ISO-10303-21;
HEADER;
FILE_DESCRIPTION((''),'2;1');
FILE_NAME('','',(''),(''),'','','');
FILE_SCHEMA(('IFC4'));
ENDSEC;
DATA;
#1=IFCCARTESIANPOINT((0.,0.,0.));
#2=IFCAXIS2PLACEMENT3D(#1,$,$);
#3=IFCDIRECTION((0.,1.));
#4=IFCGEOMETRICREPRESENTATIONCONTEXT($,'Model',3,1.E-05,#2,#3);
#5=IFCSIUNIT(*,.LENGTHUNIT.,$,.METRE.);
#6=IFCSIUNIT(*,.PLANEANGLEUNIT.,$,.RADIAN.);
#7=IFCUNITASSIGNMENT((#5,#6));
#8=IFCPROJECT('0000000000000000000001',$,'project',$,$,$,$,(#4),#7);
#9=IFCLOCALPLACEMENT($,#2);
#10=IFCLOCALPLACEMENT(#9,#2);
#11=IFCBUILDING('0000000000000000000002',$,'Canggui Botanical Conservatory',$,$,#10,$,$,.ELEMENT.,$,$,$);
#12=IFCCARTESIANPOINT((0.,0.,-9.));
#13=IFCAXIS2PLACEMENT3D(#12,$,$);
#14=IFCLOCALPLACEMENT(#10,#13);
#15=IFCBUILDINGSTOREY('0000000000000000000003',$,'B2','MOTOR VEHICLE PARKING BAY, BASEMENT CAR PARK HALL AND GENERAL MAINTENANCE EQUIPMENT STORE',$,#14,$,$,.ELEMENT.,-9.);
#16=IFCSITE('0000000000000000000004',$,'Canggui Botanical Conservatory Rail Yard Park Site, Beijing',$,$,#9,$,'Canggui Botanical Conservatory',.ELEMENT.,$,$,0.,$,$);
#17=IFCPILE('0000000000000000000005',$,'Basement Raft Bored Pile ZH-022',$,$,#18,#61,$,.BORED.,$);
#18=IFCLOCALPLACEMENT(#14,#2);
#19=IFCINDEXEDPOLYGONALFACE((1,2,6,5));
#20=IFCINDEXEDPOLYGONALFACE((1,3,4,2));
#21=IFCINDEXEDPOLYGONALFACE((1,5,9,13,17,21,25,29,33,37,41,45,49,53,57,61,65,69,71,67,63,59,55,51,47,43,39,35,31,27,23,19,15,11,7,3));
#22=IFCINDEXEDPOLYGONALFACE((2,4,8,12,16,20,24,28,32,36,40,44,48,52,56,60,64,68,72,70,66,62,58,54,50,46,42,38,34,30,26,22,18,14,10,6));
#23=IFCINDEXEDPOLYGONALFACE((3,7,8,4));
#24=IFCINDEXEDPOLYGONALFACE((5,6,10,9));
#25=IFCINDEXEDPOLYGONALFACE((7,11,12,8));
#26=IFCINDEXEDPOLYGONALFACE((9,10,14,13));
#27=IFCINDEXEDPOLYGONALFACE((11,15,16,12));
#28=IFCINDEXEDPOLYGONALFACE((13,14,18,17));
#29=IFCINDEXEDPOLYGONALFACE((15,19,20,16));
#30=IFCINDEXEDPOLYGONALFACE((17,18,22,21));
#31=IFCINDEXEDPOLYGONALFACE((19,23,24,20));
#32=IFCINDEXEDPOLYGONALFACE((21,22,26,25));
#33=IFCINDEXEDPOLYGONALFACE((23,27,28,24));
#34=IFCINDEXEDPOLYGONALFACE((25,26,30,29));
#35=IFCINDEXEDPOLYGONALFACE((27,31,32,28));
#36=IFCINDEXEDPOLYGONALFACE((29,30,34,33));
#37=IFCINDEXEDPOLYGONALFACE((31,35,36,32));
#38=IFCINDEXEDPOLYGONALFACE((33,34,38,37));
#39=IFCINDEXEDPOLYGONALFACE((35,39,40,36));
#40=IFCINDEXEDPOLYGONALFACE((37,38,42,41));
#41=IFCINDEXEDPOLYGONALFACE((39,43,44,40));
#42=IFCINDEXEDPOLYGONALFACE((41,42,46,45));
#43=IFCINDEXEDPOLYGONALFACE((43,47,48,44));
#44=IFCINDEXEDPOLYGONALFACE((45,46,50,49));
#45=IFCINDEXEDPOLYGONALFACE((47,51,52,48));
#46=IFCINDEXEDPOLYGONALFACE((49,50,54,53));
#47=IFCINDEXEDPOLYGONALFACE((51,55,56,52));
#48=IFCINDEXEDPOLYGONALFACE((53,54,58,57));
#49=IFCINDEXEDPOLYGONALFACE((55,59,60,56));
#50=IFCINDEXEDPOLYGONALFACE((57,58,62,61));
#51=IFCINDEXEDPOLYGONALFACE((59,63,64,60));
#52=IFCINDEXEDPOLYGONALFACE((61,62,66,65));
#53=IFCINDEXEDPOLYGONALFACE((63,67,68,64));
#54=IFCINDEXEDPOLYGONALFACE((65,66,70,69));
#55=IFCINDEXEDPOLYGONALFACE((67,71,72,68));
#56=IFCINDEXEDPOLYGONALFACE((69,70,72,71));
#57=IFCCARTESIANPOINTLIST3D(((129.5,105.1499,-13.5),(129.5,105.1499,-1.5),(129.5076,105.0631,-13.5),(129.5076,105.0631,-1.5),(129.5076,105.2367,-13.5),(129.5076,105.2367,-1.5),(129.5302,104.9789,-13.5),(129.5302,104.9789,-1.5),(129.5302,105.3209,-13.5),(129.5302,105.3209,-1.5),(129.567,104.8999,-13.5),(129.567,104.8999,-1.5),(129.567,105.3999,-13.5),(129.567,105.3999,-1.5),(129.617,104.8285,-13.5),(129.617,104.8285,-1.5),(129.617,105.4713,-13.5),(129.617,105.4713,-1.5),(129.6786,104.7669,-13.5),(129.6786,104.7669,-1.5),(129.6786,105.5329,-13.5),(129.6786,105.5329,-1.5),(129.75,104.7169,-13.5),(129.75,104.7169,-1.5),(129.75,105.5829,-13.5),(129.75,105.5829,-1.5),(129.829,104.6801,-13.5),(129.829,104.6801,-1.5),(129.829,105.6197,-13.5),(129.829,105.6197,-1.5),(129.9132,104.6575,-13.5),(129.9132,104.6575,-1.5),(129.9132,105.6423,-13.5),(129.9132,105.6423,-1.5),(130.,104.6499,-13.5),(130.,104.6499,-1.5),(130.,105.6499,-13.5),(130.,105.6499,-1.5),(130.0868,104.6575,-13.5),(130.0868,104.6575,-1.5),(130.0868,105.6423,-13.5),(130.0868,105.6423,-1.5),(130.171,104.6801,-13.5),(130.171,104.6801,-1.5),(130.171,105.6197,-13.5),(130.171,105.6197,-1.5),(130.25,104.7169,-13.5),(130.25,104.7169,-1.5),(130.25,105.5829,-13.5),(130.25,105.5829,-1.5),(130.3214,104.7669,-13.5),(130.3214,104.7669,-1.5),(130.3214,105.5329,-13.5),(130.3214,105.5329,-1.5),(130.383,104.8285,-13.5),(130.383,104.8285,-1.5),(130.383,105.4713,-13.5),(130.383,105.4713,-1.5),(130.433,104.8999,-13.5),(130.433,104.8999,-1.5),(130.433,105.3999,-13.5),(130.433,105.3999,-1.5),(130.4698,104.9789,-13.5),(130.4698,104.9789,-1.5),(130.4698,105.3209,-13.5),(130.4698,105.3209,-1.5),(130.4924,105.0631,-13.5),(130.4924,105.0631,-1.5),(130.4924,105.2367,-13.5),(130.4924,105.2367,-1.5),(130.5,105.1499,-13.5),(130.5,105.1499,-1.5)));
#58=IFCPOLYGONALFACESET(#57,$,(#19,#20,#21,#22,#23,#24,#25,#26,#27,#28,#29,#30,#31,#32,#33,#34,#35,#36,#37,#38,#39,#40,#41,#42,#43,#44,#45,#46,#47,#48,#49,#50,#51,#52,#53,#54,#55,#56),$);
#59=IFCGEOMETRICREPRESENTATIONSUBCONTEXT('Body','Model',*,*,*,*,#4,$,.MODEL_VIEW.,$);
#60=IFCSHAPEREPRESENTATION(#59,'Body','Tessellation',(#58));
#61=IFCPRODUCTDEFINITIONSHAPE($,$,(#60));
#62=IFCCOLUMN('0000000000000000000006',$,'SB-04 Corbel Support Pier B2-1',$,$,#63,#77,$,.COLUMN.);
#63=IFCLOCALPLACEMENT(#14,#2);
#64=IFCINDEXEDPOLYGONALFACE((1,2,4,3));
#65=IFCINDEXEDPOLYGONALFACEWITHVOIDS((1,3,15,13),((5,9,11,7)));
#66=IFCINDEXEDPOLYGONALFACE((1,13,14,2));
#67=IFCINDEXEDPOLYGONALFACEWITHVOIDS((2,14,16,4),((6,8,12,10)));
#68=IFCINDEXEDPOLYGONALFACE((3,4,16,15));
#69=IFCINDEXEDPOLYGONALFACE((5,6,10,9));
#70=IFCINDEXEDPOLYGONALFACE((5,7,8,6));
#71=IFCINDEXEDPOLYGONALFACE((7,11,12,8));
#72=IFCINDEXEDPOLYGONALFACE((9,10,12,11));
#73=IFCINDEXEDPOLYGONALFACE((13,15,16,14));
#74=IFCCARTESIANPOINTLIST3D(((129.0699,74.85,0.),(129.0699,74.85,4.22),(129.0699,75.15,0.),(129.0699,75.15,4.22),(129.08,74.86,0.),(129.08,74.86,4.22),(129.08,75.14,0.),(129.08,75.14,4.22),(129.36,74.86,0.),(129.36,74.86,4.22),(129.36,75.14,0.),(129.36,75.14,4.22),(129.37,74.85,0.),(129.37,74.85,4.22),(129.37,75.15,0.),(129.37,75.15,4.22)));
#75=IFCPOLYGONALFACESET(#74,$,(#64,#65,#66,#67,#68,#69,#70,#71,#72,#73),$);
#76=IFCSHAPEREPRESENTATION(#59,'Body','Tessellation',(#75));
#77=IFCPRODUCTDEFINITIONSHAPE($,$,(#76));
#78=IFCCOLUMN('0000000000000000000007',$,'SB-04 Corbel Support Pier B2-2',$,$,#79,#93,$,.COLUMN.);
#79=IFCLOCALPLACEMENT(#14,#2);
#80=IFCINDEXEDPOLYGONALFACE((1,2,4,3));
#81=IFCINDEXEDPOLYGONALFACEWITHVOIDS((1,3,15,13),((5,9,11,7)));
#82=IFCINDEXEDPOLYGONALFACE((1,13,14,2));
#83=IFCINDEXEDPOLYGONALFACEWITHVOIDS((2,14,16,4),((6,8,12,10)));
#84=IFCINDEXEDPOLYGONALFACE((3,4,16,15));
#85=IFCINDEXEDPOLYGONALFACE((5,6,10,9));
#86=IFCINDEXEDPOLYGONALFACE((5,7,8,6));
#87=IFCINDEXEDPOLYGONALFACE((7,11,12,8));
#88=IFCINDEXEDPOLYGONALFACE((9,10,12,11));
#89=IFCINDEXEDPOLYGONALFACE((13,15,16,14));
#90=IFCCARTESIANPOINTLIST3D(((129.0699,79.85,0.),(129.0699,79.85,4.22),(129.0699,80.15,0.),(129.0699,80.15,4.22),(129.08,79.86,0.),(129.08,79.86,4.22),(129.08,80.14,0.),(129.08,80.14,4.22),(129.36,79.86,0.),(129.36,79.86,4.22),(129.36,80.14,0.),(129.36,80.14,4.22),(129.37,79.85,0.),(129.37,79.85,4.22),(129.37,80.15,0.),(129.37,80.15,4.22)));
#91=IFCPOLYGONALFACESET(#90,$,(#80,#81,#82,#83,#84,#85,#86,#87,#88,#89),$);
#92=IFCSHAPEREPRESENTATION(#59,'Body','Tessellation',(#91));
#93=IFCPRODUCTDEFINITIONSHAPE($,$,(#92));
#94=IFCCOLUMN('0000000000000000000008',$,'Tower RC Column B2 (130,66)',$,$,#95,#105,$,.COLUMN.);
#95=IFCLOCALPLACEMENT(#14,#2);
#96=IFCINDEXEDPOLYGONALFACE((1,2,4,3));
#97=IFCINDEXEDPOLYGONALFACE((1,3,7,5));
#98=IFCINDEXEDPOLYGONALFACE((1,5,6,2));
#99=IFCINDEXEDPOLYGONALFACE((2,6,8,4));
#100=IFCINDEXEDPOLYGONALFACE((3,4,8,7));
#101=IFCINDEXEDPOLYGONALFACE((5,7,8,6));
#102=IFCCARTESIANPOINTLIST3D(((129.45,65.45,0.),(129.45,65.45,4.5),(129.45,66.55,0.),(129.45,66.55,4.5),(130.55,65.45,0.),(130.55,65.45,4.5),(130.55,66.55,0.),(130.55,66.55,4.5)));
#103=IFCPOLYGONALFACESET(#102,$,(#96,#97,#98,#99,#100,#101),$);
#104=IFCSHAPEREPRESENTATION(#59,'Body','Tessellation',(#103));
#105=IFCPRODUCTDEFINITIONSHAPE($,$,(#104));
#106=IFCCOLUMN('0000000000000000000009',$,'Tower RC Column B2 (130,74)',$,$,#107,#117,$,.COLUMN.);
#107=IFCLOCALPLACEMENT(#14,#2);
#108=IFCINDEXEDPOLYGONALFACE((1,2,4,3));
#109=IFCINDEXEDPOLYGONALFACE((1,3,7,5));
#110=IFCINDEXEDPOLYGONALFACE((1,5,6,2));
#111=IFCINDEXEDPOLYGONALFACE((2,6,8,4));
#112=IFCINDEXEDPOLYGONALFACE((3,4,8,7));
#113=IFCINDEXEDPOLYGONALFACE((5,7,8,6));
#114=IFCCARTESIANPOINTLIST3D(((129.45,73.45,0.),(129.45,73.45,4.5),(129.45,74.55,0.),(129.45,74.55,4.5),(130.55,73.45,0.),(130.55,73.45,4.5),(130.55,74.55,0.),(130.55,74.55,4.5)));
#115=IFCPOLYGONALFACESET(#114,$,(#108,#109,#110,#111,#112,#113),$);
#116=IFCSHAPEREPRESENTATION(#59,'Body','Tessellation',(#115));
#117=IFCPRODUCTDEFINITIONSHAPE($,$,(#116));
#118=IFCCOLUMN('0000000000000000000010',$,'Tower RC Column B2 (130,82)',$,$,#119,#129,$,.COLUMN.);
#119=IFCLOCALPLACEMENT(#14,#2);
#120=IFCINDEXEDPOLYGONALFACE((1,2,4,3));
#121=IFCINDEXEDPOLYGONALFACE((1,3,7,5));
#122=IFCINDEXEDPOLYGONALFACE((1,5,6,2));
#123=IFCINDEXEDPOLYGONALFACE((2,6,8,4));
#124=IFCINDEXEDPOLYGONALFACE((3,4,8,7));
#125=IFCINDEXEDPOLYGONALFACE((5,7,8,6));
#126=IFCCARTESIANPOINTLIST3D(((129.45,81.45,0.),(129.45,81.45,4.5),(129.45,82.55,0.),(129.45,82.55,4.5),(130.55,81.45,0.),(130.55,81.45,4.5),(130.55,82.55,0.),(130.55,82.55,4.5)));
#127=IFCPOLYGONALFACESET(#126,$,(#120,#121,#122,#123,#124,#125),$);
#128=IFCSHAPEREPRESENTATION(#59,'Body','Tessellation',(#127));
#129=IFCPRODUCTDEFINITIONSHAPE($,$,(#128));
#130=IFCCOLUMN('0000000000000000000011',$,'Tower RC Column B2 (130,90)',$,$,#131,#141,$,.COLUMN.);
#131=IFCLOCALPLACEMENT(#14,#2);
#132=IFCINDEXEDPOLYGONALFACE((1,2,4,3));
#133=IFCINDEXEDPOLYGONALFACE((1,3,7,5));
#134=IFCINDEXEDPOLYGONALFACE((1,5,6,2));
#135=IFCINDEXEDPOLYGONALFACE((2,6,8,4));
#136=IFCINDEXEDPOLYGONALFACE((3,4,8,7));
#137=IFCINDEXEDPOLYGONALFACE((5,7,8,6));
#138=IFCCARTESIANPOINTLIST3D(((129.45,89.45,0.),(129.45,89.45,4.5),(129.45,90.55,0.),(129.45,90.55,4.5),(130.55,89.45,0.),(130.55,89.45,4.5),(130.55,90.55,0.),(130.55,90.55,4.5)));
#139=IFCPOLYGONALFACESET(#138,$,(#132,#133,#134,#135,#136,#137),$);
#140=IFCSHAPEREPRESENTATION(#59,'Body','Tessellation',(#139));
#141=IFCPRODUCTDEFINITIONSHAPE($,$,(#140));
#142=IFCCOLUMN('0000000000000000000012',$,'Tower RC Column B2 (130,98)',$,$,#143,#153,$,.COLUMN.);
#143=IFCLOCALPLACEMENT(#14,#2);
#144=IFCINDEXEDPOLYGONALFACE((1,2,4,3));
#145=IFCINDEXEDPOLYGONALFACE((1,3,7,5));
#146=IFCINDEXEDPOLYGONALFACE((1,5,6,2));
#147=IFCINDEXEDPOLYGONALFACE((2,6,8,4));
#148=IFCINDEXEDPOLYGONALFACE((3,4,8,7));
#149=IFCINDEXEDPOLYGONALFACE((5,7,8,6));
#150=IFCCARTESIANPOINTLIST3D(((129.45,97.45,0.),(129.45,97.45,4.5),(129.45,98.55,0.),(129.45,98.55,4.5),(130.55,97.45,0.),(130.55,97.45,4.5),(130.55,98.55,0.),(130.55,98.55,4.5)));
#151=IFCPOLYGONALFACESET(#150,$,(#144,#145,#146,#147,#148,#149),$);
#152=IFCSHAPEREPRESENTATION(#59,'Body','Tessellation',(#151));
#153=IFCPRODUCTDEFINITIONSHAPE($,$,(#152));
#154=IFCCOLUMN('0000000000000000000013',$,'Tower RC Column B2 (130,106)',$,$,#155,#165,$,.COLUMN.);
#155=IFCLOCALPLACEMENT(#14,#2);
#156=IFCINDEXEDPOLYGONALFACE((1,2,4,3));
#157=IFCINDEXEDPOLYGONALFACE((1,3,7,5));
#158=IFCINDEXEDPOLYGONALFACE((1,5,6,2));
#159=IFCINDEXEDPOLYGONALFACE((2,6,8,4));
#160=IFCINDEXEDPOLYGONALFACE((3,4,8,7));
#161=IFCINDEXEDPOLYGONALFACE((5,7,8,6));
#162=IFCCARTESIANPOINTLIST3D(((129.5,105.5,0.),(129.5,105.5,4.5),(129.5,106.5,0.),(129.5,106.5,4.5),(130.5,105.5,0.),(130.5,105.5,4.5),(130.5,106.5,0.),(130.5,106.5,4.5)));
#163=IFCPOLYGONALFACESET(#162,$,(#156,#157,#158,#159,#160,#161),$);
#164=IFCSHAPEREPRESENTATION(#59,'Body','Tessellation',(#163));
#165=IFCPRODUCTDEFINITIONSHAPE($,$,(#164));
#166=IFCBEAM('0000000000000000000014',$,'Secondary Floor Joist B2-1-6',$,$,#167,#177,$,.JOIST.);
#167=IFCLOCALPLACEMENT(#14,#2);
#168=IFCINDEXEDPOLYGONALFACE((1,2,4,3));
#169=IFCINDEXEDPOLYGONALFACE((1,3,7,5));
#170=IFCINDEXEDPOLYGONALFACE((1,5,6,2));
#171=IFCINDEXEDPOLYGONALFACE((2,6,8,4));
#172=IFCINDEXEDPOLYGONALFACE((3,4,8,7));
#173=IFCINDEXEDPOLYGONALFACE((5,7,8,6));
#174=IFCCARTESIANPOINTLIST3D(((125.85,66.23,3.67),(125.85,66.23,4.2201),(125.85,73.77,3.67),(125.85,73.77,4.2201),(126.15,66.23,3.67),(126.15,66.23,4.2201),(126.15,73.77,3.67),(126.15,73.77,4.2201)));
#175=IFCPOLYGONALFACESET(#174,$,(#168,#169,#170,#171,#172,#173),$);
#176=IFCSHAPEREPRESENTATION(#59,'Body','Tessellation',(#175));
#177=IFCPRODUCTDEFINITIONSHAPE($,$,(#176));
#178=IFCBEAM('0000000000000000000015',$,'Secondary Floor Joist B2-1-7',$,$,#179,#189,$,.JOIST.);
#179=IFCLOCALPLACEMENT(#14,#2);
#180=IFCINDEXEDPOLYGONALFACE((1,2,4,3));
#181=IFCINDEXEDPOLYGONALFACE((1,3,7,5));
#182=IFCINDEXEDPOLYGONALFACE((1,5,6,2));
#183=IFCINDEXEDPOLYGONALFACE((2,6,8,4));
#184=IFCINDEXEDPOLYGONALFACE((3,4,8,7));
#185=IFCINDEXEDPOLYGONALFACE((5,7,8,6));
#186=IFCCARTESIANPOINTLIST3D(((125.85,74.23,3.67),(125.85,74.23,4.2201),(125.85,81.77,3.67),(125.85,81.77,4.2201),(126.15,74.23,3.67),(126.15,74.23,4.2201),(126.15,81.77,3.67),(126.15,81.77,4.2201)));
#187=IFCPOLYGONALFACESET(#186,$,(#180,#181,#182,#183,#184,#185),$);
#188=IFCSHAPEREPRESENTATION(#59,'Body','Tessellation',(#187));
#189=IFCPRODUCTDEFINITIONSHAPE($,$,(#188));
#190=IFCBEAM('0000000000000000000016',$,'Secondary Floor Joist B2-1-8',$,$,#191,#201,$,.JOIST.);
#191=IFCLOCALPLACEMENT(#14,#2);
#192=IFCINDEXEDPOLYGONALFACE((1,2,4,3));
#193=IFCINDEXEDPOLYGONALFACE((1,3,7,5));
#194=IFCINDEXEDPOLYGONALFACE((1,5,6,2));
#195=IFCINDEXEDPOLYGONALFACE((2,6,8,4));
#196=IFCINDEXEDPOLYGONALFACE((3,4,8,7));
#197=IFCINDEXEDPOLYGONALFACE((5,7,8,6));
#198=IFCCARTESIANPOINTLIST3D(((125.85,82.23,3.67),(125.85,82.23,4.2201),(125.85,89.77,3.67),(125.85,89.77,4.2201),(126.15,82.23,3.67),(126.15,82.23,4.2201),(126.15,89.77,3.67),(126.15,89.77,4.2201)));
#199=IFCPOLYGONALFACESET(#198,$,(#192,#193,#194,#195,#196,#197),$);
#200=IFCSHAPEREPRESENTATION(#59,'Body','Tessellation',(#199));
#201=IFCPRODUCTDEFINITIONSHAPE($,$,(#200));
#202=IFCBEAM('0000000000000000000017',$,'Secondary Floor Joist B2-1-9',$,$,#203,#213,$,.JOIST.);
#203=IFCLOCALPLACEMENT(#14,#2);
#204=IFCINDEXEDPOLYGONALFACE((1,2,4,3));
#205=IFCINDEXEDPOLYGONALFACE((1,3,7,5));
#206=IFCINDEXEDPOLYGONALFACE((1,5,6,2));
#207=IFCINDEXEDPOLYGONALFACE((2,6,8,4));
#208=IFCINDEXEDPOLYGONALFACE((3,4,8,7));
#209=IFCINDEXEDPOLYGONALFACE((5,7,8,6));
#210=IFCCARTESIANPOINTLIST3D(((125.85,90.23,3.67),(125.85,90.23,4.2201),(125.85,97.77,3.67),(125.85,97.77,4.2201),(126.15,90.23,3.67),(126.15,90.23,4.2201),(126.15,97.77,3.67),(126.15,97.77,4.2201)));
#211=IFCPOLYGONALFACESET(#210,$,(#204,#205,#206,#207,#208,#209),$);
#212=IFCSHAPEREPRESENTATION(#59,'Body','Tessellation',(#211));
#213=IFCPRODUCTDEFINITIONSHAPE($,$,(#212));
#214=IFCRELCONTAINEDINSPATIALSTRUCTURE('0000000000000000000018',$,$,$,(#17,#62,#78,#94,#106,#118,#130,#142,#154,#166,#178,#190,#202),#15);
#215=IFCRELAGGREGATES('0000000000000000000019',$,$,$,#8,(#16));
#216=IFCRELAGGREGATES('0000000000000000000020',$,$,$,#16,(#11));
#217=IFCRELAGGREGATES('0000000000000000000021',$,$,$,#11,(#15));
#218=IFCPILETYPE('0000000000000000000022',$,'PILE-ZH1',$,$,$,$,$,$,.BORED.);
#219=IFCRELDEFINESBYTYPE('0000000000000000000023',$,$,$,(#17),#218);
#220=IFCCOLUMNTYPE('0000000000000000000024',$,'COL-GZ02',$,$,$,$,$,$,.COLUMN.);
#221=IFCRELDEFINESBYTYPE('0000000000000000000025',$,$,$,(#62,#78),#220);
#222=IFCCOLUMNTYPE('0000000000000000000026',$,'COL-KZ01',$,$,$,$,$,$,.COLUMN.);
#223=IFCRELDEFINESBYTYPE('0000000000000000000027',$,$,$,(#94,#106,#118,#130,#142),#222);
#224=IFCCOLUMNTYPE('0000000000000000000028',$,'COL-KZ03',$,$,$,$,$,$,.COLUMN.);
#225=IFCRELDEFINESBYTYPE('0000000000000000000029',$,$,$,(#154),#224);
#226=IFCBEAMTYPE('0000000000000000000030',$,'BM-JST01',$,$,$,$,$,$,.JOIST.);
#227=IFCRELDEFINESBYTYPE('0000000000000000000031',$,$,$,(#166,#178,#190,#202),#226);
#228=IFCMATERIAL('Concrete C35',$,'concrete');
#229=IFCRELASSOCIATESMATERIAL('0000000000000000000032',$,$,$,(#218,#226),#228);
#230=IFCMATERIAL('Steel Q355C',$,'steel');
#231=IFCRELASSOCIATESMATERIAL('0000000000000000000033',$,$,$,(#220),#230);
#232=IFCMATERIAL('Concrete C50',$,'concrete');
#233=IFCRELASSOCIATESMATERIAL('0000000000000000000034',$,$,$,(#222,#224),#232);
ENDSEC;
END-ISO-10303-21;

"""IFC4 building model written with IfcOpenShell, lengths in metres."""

from ifc_helpers import new_model, si_unit, direction, frame, origin, origin_2d, place, context, subcontext, project, spatial, rectangle, hollow_rectangle, circle, extrude, material, material_profile, profile_set, type_object, element, save


model = new_model("IFC4")

# Units and contexts
model_context = context("Model", 3, precision=1e-05, world=origin(), true_north=direction((0.0, 1.0)))
body_context = subcontext(model_context, "Body", "Model", "MODEL_VIEW")
ifc_project = project(units=[si_unit("LENGTHUNIT", "METRE"), si_unit("PLANEANGLEUNIT", "RADIAN")], contexts=[model_context])

# Site, building, storey
site_placement = place(None, origin())
site = spatial("IfcSite", under=ifc_project, at=site_placement, Name="Canggui Botanical Conservatory Rail Yard Park Site, Beijing", LongName="Canggui Botanical Conservatory", CompositionType="ELEMENT", RefElevation=0.0)
building_placement = place(site_placement, origin())
building = spatial("IfcBuilding", under=site, at=building_placement, Name="Canggui Botanical Conservatory", CompositionType="ELEMENT")
storey_placement = place(building_placement, frame((0.0, 0.0, -9.0)))
storey = spatial("IfcBuildingStorey", under=building, at=storey_placement, Name="B2", Description="MOTOR VEHICLE PARKING BAY, BASEMENT CAR PARK HALL AND GENERAL MAINTENANCE EQUIPMENT STORE", CompositionType="ELEMENT", Elevation=-9.0)

# Pile
ifc_material_1 = material(Name="Concrete C35", Category="concrete")
ifc_material_profile_1 = material_profile(ifc_material_1, circle(Radius=0.5, at=origin_2d()), Name="PILE D1000")
ifc_profile_set_1 = profile_set([ifc_material_profile_1], Name="Concrete C35")
pile_type = type_object("IfcPileType", Name="PILE-ZH1", PredefinedType="BORED", material=ifc_profile_set_1)
for number, where, z_axis, x_axis, name in (
    (1, (130.0, 105.1499, -1.5), (0.0, 0.0, -1.0), (1.0, 0.0, 0.0), "Basement Raft Bored Pile ZH-022"),
):
    element("IfcPile", number, at=place(storey_placement, frame(where, z_axis=z_axis, x_axis=x_axis)), inside=storey, type_object=pile_type, Name=name, PredefinedType="BORED", context=body_context, shape_type="SweptSolid", body=[
        extrude(circle(Radius=0.5, at=origin_2d()), origin(), (0.0, 0.0, 1.0), 12.0),
    ])

# Columns
ifc_material_2 = material(Name="Steel Q355C", Category="steel")
ifc_material_profile_2 = material_profile(ifc_material_2, hollow_rectangle(XDim=0.3, YDim=0.3, WallThickness=0.01, at=origin_2d()), Name="SHS 300x300x10")
ifc_profile_set_2 = profile_set([ifc_material_profile_2], Name="Steel Q355C")
column_type_1 = type_object("IfcColumnType", Name="COL-GZ02", PredefinedType="COLUMN", material=ifc_profile_set_2)
for number, where, z_axis, x_axis, name in (
    (2, (129.22, 75.0, 0.0), (0.0, 0.0, 1.0), (1.0, 0.0, 0.0), "SB-04 Corbel Support Pier B2-1"),
    (3, (129.22, 80.0, 0.0), (0.0, 0.0, 1.0), (1.0, 0.0, 0.0), "SB-04 Corbel Support Pier B2-2"),
):
    element("IfcColumn", number, at=place(storey_placement, frame(where, z_axis=z_axis, x_axis=x_axis)), inside=storey, type_object=column_type_1, Name=name, PredefinedType="COLUMN", context=body_context, shape_type="SweptSolid", body=[
        extrude(hollow_rectangle(XDim=0.3, YDim=0.3, WallThickness=0.01, at=origin_2d()), origin(), (0.0, 0.0, 1.0), 4.22),
    ])
ifc_material_3 = material(Name="Concrete C50", Category="concrete")
ifc_material_profile_3 = material_profile(ifc_material_3, rectangle(XDim=1.1001, YDim=1.1001, at=origin_2d()), Name="RC 1100x1100")
ifc_profile_set_3 = profile_set([ifc_material_profile_3], Name="Concrete C50")
column_type_2 = type_object("IfcColumnType", Name="COL-KZ01", PredefinedType="COLUMN", material=ifc_profile_set_3)
for number, where, z_axis, x_axis, name in (
    (4, (130.0, 66.0, 0.0), (0.0, 0.0, 1.0), (1.0, 0.0, 0.0), "Tower RC Column B2 (130,66)"),
    (5, (130.0, 74.0, 0.0), (0.0, 0.0, 1.0), (1.0, 0.0, 0.0), "Tower RC Column B2 (130,74)"),
    (6, (130.0, 82.0, 0.0), (0.0, 0.0, 1.0), (1.0, 0.0, 0.0), "Tower RC Column B2 (130,82)"),
    (7, (130.0, 90.0, 0.0), (0.0, 0.0, 1.0), (1.0, 0.0, 0.0), "Tower RC Column B2 (130,90)"),
    (8, (130.0, 98.0, 0.0), (0.0, 0.0, 1.0), (1.0, 0.0, 0.0), "Tower RC Column B2 (130,98)"),
):
    element("IfcColumn", number, at=place(storey_placement, frame(where, z_axis=z_axis, x_axis=x_axis)), inside=storey, type_object=column_type_2, Name=name, PredefinedType="COLUMN", context=body_context, shape_type="SweptSolid", body=[
        extrude(rectangle(XDim=1.1001, YDim=1.1001, at=origin_2d()), origin(), (0.0, 0.0, 1.0), 4.5),
    ])
ifc_material_profile_4 = material_profile(ifc_material_3, rectangle(XDim=1.0, YDim=1.0, at=origin_2d()), Name="RC 1000x1000")
ifc_profile_set_4 = profile_set([ifc_material_profile_4], Name="Concrete C50")
column_type_3 = type_object("IfcColumnType", Name="COL-KZ03", PredefinedType="COLUMN", material=ifc_profile_set_4)
column_placement = place(storey_placement, frame((130.0, 106.0, 0.0), z_axis=(0.0, 0.0, 1.0), x_axis=(1.0, 0.0, 0.0)))
element("IfcColumn", 9, at=column_placement, inside=storey, type_object=column_type_3, Name="Tower RC Column B2 (130,106)", PredefinedType="COLUMN", context=body_context, shape_type="SweptSolid", body=[
    extrude(rectangle(XDim=1.0, YDim=1.0, at=origin_2d()), origin(), (0.0, 0.0, 1.0), 4.5),
])

# Beams
ifc_material_profile_5 = material_profile(ifc_material_1, rectangle(XDim=0.3, YDim=0.55, at=origin_2d()), Name="RB 300x550")
ifc_profile_set_5 = profile_set([ifc_material_profile_5], Name="Concrete C35")
beam_type_1 = type_object("IfcBeamType", Name="BM-JST01", PredefinedType="JOIST", material=ifc_profile_set_5)
for number, where, z_axis, x_axis, name in (
    (10, (126.0, 66.23, 3.9451), (0.0, 1.0, 0.0), (-1.0, 0.0, 0.0), "Secondary Floor Joist B2-1-6"),
    (11, (126.0, 74.23, 3.9451), (0.0, 1.0, 0.0), (-1.0, 0.0, 0.0), "Secondary Floor Joist B2-1-7"),
    (12, (126.0, 82.23, 3.9451), (0.0, 1.0, 0.0), (-1.0, 0.0, 0.0), "Secondary Floor Joist B2-1-8"),
    (13, (126.0, 90.23, 3.9451), (0.0, 1.0, 0.0), (-1.0, 0.0, 0.0), "Secondary Floor Joist B2-1-9"),
):
    element("IfcBeam", number, at=place(storey_placement, frame(where, z_axis=z_axis, x_axis=x_axis)), inside=storey, type_object=beam_type_1, Name=name, PredefinedType="JOIST", context=body_context, shape_type="SweptSolid", body=[
        extrude(rectangle(XDim=0.3, YDim=0.55, at=origin_2d()), origin(), (0.0, 0.0, 1.0), 7.54),
    ])

save(model, "model.ifc")
